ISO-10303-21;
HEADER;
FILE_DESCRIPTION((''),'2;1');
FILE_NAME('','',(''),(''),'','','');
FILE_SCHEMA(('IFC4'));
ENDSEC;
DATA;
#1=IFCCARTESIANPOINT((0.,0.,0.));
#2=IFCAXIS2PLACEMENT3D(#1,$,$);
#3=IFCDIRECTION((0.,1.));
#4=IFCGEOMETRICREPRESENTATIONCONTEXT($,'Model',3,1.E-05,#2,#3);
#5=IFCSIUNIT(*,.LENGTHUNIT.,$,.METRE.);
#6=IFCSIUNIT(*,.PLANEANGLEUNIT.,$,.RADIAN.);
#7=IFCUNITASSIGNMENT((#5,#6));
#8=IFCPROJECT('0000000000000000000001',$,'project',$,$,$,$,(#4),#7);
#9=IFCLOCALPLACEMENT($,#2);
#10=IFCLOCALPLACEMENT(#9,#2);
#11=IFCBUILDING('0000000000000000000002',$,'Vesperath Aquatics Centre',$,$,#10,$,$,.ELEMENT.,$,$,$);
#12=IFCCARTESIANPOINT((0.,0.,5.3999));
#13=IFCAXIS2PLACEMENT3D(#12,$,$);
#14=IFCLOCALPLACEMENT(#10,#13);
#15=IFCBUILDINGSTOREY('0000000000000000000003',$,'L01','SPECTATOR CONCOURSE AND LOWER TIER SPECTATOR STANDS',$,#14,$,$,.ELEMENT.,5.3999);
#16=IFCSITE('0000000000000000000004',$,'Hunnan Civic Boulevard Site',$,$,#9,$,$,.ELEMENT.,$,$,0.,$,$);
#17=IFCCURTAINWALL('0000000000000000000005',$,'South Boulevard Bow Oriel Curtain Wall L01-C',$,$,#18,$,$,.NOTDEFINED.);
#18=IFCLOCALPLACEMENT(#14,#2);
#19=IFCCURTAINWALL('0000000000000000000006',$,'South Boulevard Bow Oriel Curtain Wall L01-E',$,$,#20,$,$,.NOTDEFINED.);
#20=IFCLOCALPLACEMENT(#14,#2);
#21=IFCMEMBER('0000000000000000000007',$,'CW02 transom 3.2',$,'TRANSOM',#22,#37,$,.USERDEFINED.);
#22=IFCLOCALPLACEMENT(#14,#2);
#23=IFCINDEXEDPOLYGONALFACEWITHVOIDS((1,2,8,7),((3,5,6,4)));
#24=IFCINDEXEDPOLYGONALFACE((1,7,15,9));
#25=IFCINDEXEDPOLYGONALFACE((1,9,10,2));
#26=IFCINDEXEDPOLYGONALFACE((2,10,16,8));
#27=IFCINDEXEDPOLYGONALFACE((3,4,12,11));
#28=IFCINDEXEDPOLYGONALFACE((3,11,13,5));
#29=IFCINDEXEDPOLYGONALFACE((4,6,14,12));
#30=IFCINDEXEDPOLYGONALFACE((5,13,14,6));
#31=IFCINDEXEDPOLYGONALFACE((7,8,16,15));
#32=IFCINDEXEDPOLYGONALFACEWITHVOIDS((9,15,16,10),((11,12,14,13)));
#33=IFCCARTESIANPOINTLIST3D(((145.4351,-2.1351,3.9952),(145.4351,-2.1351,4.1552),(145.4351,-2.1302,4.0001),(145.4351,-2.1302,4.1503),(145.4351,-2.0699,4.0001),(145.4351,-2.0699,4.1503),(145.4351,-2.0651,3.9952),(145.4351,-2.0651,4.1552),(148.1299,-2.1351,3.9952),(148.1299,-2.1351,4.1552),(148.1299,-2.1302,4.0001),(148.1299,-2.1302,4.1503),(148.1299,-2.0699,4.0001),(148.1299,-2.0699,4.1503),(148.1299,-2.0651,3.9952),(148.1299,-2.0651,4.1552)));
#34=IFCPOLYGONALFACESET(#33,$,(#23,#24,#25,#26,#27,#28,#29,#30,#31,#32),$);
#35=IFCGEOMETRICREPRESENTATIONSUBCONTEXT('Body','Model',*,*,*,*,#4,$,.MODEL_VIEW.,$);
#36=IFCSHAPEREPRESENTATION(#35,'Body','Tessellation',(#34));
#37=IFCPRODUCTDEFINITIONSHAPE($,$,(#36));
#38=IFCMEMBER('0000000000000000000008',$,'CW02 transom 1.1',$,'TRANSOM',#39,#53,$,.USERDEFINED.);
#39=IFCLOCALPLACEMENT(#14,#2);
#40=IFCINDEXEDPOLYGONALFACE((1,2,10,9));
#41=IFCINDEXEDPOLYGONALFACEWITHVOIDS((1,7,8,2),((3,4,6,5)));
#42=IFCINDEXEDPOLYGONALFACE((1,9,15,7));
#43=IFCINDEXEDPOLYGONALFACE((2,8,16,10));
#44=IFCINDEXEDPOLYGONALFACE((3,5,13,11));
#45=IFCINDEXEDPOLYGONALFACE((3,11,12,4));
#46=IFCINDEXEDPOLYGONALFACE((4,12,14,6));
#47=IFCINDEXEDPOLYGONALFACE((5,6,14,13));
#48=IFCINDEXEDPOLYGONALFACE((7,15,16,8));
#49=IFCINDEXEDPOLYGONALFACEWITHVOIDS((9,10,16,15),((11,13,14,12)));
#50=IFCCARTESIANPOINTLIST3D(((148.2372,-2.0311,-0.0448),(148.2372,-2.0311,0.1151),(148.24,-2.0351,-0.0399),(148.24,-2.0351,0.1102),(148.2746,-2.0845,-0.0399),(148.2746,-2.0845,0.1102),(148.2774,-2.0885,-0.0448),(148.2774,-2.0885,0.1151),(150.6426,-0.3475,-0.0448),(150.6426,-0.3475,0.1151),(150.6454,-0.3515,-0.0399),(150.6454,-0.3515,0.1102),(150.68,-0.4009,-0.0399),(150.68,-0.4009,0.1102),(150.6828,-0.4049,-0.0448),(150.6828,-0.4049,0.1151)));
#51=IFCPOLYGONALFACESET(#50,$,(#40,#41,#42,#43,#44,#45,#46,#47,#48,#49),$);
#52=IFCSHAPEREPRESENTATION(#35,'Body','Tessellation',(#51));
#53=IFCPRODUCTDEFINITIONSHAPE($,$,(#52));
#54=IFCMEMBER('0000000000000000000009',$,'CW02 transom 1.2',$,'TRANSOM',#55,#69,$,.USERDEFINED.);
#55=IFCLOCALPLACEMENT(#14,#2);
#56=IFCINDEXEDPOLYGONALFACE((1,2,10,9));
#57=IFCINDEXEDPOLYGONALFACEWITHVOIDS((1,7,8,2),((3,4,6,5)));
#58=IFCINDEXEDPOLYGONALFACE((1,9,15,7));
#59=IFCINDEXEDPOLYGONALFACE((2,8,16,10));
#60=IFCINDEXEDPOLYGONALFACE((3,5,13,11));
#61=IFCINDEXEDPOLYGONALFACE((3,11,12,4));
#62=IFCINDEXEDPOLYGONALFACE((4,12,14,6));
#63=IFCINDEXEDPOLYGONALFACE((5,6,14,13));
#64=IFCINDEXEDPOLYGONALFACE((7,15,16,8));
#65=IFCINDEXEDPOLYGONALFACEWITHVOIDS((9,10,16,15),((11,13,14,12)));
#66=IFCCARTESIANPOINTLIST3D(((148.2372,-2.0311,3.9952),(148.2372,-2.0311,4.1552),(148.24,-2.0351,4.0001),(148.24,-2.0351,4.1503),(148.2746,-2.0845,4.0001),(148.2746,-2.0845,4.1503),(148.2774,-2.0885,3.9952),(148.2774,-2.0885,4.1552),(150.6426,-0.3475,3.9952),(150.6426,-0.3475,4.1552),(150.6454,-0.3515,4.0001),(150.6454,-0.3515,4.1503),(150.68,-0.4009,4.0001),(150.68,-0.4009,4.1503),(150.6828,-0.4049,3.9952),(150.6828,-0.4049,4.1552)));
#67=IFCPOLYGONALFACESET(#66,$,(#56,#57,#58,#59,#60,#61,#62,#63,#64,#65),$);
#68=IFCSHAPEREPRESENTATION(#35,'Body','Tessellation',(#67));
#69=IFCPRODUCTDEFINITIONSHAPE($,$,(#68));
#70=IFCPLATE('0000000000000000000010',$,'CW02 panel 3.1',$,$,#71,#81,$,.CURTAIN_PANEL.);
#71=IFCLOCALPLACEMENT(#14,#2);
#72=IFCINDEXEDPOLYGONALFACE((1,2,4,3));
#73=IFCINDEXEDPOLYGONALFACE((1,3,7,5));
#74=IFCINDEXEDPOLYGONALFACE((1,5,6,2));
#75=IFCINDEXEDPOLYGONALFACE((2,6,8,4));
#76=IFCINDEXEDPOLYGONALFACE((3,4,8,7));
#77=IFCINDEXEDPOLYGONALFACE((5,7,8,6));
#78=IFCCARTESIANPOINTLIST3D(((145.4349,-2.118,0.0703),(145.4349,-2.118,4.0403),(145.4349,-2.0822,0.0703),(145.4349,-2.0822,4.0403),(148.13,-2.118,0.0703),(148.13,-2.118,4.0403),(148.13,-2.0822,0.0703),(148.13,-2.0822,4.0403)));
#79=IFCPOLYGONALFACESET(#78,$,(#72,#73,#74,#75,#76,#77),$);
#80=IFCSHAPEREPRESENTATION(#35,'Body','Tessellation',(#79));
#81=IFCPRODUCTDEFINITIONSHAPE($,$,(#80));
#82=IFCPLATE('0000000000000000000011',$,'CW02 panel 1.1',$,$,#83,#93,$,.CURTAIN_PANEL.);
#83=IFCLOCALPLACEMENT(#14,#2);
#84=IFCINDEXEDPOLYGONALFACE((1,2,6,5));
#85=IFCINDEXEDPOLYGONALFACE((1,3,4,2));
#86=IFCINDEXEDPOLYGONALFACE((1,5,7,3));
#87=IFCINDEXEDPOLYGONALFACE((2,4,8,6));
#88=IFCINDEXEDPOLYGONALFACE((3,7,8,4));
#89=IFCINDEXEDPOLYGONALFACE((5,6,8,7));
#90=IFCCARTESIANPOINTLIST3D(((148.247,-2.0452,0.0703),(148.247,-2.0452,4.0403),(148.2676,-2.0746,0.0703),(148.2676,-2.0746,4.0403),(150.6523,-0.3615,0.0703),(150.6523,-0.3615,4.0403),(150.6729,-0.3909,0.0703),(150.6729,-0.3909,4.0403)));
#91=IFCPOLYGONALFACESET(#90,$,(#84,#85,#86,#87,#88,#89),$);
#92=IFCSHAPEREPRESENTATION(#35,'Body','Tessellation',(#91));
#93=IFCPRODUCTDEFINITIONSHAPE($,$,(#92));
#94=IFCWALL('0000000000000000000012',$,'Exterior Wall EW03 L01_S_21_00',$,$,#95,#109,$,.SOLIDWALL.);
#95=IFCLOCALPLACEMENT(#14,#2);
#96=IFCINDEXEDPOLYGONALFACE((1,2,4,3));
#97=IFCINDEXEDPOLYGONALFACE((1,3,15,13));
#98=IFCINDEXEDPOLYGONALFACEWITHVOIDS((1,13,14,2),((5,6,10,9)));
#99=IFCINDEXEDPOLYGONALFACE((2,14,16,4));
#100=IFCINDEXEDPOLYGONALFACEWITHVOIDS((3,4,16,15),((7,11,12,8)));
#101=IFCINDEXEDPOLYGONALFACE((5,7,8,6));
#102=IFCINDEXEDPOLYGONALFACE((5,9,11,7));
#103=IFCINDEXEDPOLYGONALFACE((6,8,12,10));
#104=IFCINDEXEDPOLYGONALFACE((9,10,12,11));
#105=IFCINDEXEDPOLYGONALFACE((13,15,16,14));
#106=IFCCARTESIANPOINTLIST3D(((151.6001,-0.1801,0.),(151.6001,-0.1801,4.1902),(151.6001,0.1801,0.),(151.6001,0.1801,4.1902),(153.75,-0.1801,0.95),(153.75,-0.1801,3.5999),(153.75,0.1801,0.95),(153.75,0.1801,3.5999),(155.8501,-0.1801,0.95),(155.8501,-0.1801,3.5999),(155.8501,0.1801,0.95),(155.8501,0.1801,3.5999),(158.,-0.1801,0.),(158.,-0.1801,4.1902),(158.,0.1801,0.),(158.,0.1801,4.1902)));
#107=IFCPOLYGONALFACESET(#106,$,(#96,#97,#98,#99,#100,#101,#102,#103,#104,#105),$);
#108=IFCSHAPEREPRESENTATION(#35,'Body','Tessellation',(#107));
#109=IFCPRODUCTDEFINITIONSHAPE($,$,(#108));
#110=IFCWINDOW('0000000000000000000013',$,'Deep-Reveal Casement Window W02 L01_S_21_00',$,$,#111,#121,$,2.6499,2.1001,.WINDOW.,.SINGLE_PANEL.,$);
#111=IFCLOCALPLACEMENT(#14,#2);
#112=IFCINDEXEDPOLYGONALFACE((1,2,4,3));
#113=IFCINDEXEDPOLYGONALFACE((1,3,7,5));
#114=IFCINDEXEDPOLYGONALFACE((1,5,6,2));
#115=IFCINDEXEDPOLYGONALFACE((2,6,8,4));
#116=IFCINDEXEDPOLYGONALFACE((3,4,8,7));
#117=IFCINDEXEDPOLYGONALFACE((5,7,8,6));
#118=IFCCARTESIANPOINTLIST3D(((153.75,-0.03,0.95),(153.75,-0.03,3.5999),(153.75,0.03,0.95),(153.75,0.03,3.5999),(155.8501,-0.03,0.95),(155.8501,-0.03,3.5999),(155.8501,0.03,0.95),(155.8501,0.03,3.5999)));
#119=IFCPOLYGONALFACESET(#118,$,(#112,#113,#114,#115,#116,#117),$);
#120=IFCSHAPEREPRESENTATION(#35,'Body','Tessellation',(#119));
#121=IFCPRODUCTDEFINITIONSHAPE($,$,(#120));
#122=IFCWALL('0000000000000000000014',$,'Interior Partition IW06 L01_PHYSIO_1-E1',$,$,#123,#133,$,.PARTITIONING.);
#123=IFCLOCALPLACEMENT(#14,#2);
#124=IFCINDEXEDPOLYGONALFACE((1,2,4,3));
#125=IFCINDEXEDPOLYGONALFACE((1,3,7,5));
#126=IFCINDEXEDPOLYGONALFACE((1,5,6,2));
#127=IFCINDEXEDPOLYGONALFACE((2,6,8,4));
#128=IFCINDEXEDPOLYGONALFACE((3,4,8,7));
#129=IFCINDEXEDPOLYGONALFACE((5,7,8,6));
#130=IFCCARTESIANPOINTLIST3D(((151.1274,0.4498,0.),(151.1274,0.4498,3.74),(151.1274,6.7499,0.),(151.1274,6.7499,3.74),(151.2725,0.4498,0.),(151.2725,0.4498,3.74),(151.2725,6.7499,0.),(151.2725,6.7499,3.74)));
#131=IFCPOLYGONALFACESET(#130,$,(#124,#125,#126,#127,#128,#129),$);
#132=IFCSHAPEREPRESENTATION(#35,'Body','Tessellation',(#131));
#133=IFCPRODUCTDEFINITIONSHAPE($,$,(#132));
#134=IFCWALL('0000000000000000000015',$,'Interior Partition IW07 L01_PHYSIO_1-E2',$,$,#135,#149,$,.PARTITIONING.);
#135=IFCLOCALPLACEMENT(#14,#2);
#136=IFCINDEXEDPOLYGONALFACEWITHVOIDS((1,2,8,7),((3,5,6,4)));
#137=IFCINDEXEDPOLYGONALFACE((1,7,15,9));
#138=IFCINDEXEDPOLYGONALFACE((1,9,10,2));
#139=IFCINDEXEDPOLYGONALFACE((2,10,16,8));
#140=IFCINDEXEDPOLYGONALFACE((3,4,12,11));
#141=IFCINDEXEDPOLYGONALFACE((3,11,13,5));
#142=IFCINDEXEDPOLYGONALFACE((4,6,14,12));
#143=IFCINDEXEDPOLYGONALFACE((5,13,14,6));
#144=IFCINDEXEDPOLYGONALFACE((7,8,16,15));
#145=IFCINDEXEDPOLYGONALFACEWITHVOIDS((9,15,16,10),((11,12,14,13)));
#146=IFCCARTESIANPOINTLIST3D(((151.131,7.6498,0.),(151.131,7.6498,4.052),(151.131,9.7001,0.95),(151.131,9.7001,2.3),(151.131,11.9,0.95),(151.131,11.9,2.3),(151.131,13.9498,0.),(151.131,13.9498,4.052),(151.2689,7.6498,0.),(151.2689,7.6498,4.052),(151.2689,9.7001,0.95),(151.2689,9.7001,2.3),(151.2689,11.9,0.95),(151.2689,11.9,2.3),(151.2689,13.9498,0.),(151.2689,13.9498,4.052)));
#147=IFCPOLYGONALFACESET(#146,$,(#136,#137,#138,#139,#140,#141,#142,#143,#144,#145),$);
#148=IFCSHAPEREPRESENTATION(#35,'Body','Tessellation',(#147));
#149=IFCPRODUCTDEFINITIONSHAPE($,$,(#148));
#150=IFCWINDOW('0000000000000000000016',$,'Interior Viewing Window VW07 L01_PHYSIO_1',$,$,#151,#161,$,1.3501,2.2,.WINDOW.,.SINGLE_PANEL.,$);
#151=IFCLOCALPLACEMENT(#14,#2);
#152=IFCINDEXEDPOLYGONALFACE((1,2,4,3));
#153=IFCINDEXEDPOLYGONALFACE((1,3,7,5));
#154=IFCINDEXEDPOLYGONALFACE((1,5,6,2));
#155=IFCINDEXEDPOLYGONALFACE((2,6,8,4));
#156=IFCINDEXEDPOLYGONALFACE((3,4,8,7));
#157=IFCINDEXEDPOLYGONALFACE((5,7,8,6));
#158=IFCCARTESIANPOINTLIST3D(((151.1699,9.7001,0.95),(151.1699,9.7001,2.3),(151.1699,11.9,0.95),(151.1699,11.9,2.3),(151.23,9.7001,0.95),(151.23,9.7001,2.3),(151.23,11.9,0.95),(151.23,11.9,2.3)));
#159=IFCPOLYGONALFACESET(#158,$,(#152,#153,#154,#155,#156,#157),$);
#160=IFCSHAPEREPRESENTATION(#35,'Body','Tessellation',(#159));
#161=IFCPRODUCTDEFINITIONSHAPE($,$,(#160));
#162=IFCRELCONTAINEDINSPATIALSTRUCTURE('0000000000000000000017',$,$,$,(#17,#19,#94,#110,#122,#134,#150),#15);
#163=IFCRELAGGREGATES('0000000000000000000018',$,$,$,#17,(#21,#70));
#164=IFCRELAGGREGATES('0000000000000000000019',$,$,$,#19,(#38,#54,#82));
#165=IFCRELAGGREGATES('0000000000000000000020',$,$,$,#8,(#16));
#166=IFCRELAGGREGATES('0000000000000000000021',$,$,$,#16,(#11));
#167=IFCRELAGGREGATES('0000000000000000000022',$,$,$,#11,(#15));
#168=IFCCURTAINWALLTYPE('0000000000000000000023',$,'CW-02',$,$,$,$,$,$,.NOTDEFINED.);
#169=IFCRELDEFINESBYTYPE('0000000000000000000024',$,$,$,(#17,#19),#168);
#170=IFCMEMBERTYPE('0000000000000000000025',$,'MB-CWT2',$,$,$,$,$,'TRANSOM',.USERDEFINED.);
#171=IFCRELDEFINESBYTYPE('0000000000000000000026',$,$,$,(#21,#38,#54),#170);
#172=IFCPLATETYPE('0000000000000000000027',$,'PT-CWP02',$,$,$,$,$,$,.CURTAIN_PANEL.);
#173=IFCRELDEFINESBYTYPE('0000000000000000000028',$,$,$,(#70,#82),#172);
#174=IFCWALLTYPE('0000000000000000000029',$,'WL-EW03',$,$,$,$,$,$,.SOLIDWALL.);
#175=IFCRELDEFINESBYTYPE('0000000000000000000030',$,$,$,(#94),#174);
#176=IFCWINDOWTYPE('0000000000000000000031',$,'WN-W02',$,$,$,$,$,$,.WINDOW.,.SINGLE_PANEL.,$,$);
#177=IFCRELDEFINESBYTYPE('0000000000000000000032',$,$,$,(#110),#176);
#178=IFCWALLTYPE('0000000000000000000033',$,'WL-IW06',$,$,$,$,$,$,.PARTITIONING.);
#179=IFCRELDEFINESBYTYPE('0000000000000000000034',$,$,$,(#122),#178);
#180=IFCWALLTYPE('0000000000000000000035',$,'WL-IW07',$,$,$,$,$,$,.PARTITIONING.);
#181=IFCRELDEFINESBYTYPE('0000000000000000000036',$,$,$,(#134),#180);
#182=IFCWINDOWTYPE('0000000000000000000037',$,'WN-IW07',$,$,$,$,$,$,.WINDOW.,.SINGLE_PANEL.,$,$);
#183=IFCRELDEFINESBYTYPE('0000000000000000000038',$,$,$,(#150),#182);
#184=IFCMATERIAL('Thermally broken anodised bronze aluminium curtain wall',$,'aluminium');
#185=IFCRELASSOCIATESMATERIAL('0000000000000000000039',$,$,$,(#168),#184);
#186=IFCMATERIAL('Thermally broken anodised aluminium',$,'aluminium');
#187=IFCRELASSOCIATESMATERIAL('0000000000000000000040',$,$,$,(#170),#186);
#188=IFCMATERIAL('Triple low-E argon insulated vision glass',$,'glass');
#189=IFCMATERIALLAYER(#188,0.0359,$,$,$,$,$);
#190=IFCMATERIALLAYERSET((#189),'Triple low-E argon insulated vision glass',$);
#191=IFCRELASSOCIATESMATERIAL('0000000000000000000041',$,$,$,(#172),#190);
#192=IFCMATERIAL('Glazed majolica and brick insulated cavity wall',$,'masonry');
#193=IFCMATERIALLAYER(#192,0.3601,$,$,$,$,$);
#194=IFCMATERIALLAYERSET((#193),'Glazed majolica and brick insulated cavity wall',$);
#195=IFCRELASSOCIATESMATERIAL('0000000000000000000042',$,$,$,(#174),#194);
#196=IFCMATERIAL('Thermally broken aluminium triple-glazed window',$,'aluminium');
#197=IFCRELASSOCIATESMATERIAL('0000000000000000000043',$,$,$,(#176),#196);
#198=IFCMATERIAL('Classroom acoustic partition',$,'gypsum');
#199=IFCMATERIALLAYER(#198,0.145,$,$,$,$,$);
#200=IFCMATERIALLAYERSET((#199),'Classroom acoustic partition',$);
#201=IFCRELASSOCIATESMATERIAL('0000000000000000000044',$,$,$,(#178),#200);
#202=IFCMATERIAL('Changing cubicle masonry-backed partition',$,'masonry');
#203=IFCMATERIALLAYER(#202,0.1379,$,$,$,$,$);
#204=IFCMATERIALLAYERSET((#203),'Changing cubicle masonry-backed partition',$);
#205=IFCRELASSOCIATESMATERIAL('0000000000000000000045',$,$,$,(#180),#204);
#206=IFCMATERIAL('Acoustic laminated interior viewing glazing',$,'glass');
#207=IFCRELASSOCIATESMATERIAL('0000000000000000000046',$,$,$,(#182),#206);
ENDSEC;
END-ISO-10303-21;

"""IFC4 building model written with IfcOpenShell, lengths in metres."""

from ifc_helpers import new_model, si_unit, direction, frame, frame_2d, origin, origin_2d, place, context, subcontext, project, spatial, rectangle, hollow_rectangle, extrude, material, layer, layer_set, material_profile, profile_set, type_object, element, fill, aggregate, save


model = new_model("IFC4")

# Units and contexts
model_context = context("Model", 3, precision=1e-05, world=origin(), true_north=direction((0.0, 1.0)))
body_context = subcontext(model_context, "Body", "Model", "MODEL_VIEW")
ifc_project = project(units=[si_unit("LENGTHUNIT", "METRE"), si_unit("PLANEANGLEUNIT", "RADIAN")], contexts=[model_context])

# Site, building, storey
site_placement = place(None, origin())
site = spatial("IfcSite", under=ifc_project, at=site_placement, Name="Hunnan Civic Boulevard Site", CompositionType="ELEMENT", RefElevation=0.0)
building_placement = place(site_placement, origin())
building = spatial("IfcBuilding", under=site, at=building_placement, Name="Vesperath Aquatics Centre", CompositionType="ELEMENT")
storey_placement = place(building_placement, frame((0.0, 0.0, 5.3999)))
storey = spatial("IfcBuildingStorey", under=building, at=storey_placement, Name="L01", Description="SPECTATOR CONCOURSE AND LOWER TIER SPECTATOR STANDS", CompositionType="ELEMENT", Elevation=5.3999)

# Curtain wall
ifc_material_1 = material(Name="Thermally broken anodised bronze aluminium curtain wall", Category="aluminium")
curtain_wall_type = type_object("IfcCurtainWallType", Name="CW-02", PredefinedType="NOTDEFINED", material=ifc_material_1)
curtain_wall_1_placement = place(storey_placement, origin())
curtain_wall_1 = element("IfcCurtainWall", 1, at=curtain_wall_1_placement, inside=storey, type_object=curtain_wall_type, Name="South Boulevard Bow Oriel Curtain Wall L01-C", PredefinedType="NOTDEFINED")
ifc_material_2 = material(Name="Thermally broken anodised aluminium", Category="aluminium")

# Curtain wall
curtain_wall_2_placement = place(storey_placement, origin())
curtain_wall_2 = element("IfcCurtainWall", 2, at=curtain_wall_2_placement, inside=storey, type_object=curtain_wall_type, Name="South Boulevard Bow Oriel Curtain Wall L01-E", PredefinedType="NOTDEFINED")

# Members
ifc_material_profile_1 = material_profile(ifc_material_2, hollow_rectangle(XDim=0.0701, YDim=0.1599, WallThickness=0.0049, at=origin_2d()), Name="CWT 70x160x5")
ifc_profile_set_1 = profile_set([ifc_material_profile_1], Name="Thermally broken anodised aluminium")
member_type_1 = type_object("IfcMemberType", Name="MB-CWT2", ElementType="TRANSOM", PredefinedType="USERDEFINED", material=ifc_profile_set_1)
member_1_placement = place(storey_placement, frame((145.4351, -2.1001, 4.0752), z_axis=(1.0, 0.0, 0.0), x_axis=(0.0, 1.0, 0.0)))
member_1 = element("IfcMember", 3, at=member_1_placement, type_object=member_type_1, Name="CW02 transom 3.2", ObjectType="TRANSOM", PredefinedType="USERDEFINED", context=body_context, shape_type="SweptSolid", body=[
    extrude(hollow_rectangle(XDim=0.0701, YDim=0.1599, WallThickness=0.0049, at=origin_2d()), origin(), (0.0, 0.0, 1.0), 2.6948),
])
member_2_placement = place(storey_placement, frame((148.2573, -2.0598, 0.0352), z_axis=(0.819248, 0.57344, 0.0), x_axis=(-0.57344, 0.819248, 0.0)))
member_2 = element("IfcMember", 4, at=member_2_placement, type_object=member_type_1, Name="CW02 transom 1.1", ObjectType="TRANSOM", PredefinedType="USERDEFINED", context=body_context, shape_type="SweptSolid", body=[
    extrude(hollow_rectangle(XDim=0.0701, YDim=0.1599, WallThickness=0.0049, at=origin_2d()), origin(), (0.0, 0.0, 1.0), 2.936),
])
member_3_placement = place(storey_placement, frame((148.2573, -2.0598, 4.0752), z_axis=(0.819248, 0.57344, 0.0), x_axis=(-0.57344, 0.819248, 0.0)))
member_3 = element("IfcMember", 5, at=member_3_placement, type_object=member_type_1, Name="CW02 transom 1.2", ObjectType="TRANSOM", PredefinedType="USERDEFINED", context=body_context, shape_type="SweptSolid", body=[
    extrude(hollow_rectangle(XDim=0.0701, YDim=0.1599, WallThickness=0.0049, at=origin_2d()), origin(), (0.0, 0.0, 1.0), 2.936),
])

# Plates
ifc_material_3 = material(Name="Triple low-E argon insulated vision glass", Category="glass")
ifc_layer_1 = layer(ifc_material_3, 0.0359)
ifc_layer_set_1 = layer_set([ifc_layer_1], Name="Triple low-E argon insulated vision glass")
plate_type = type_object("IfcPlateType", Name="PT-CWP02", PredefinedType="CURTAIN_PANEL", material=ifc_layer_set_1)
plate_1_placement = place(storey_placement, frame((146.7825, -2.1001, 0.0703), z_axis=(0.0, 0.0, 1.0), x_axis=(1.0, 0.0, 0.0)))
plate_1 = element("IfcPlate", 6, at=plate_1_placement, type_object=plate_type, Name="CW02 panel 3.1", PredefinedType="CURTAIN_PANEL", context=body_context, shape_type="SweptSolid", body=[
    extrude(rectangle(XDim=2.6951, YDim=0.0359, at=origin_2d()), origin(), (0.0, 0.0, 1.0), 3.97),
])
aggregate(curtain_wall_1, [member_1, plate_1])
plate_2_placement = place(storey_placement, frame((149.46, -1.218, 0.0703), z_axis=(0.0, 0.0, 1.0), x_axis=(0.819232, 0.573462, 0.0)))
plate_2 = element("IfcPlate", 7, at=plate_2_placement, type_object=plate_type, Name="CW02 panel 1.1", PredefinedType="CURTAIN_PANEL", context=body_context, shape_type="SweptSolid", body=[
    extrude(rectangle(XDim=2.936, YDim=0.0359, at=origin_2d()), origin(), (0.0, 0.0, 1.0), 3.97),
])
aggregate(curtain_wall_2, [member_2, member_3, plate_2])

# Wall, opening, window
ifc_material_4 = material(Name="Glazed majolica and brick insulated cavity wall", Category="masonry")
ifc_layer_2 = layer(ifc_material_4, 0.3601)
ifc_layer_set_2 = layer_set([ifc_layer_2], Name="Glazed majolica and brick insulated cavity wall")
wall_type_1 = type_object("IfcWallType", Name="WL-EW03", PredefinedType="SOLIDWALL", material=ifc_layer_set_2)
wall_1_placement = place(storey_placement, frame((151.6001, 0.0, 0.0), z_axis=(0.0, 0.0, 1.0), x_axis=(1.0, 0.0, 0.0)))
wall_1 = element("IfcWall", 8, at=wall_1_placement, inside=storey, type_object=wall_type_1, Name="Exterior Wall EW03 L01_S_21_00", PredefinedType="SOLIDWALL", context=body_context, shape_type="SweptSolid", body=[
    extrude(rectangle(XDim=6.3999, YDim=0.3601, at=frame_2d((3.2, 0.0))), origin(), (0.0, 0.0, 1.0), 4.1902),
])
opening_1_placement = place(wall_1_placement, frame((2.1499, 0.0, 0.95)))
opening_1 = element("IfcOpeningElement", 9, at=opening_1_placement, cuts=wall_1, PredefinedType="OPENING", context=body_context, shape_type="SweptSolid", body=[
    extrude(rectangle(XDim=2.1001, YDim=2.6499, at=frame_2d((1.05, 1.325))), frame((0.0, 0.1948, 0.0), z_axis=(0.0, -1.0, 0.0), x_axis=(1.0, 0.0, 0.0)), (0.0, 0.0, 1.0), 0.3899),
])
ifc_material_5 = material(Name="Thermally broken aluminium triple-glazed window", Category="aluminium")
window_type_1 = type_object("IfcWindowType", Name="WN-W02", PartitioningType="SINGLE_PANEL", PredefinedType="WINDOW", material=ifc_material_5)
window_1_placement = place(opening_1_placement, origin())
window_1 = element("IfcWindow", 10, at=window_1_placement, inside=storey, type_object=window_type_1, Name="Deep-Reveal Casement Window W02 L01_S_21_00", OverallHeight=2.6499, OverallWidth=2.1001, PartitioningType="SINGLE_PANEL", PredefinedType="WINDOW", context=body_context, shape_type="SweptSolid", body=[
    extrude(rectangle(XDim=2.1001, YDim=2.6499, at=frame_2d((1.05, 1.325))), frame((0.0, 0.03, 0.0), z_axis=(0.0, -1.0, 0.0), x_axis=(1.0, 0.0, 0.0)), (0.0, 0.0, 1.0), 0.0601),
])
fill(opening_1, window_1)

# Wall
ifc_material_6 = material(Name="Classroom acoustic partition", Category="gypsum")
ifc_layer_3 = layer(ifc_material_6, 0.145)
ifc_layer_set_3 = layer_set([ifc_layer_3], Name="Classroom acoustic partition")
wall_type_2 = type_object("IfcWallType", Name="WL-IW06", PredefinedType="PARTITIONING", material=ifc_layer_set_3)
wall_2_placement = place(storey_placement, frame((151.2, 0.45, 0.0), z_axis=(0.0, 0.0, 1.0), x_axis=(0.0, 1.0, 0.0)))
element("IfcWall", 11, at=wall_2_placement, inside=storey, type_object=wall_type_2, Name="Interior Partition IW06 L01_PHYSIO_1-E1", PredefinedType="PARTITIONING", context=body_context, shape_type="SweptSolid", body=[
    extrude(rectangle(XDim=6.3, YDim=0.145, at=frame_2d((3.1499, 0.0))), origin(), (0.0, 0.0, 1.0), 3.74),
])

# Wall, opening, window
ifc_material_7 = material(Name="Changing cubicle masonry-backed partition", Category="masonry")
ifc_layer_4 = layer(ifc_material_7, 0.1379)
ifc_layer_set_4 = layer_set([ifc_layer_4], Name="Changing cubicle masonry-backed partition")
wall_type_3 = type_object("IfcWallType", Name="WL-IW07", PredefinedType="PARTITIONING", material=ifc_layer_set_4)
wall_3_placement = place(storey_placement, frame((151.2, 7.6499, 0.0), z_axis=(0.0, 0.0, 1.0), x_axis=(0.0, 1.0, 0.0)))
wall_3 = element("IfcWall", 12, at=wall_3_placement, inside=storey, type_object=wall_type_3, Name="Interior Partition IW07 L01_PHYSIO_1-E2", PredefinedType="PARTITIONING", context=body_context, shape_type="SweptSolid", body=[
    extrude(rectangle(XDim=6.3, YDim=0.1379, at=frame_2d((3.1499, 0.0))), origin(), (0.0, 0.0, 1.0), 4.052),
])
opening_2_placement = place(wall_3_placement, frame((2.05, 0.0, 0.95)))
opening_2 = element("IfcOpeningElement", 13, at=opening_2_placement, cuts=wall_3, PredefinedType="OPENING", context=body_context, shape_type="SweptSolid", body=[
    extrude(rectangle(XDim=2.2, YDim=1.3501, at=frame_2d((1.1001, 0.675))), frame((0.0, 0.084, 0.0), z_axis=(0.0, -1.0, 0.0), x_axis=(1.0, 0.0, 0.0)), (0.0, 0.0, 1.0), 0.1677),
])
ifc_material_8 = material(Name="Acoustic laminated interior viewing glazing", Category="glass")
window_type_2 = type_object("IfcWindowType", Name="WN-IW07", PartitioningType="SINGLE_PANEL", PredefinedType="WINDOW", material=ifc_material_8)
window_2_placement = place(opening_2_placement, origin())
window_2 = element("IfcWindow", 14, at=window_2_placement, inside=storey, type_object=window_type_2, Name="Interior Viewing Window VW07 L01_PHYSIO_1", OverallHeight=1.3501, OverallWidth=2.2, PartitioningType="SINGLE_PANEL", PredefinedType="WINDOW", context=body_context, shape_type="SweptSolid", body=[
    extrude(rectangle(XDim=2.2, YDim=1.3501, at=frame_2d((1.1001, 0.675))), frame((0.0, 0.03, 0.0), z_axis=(0.0, -1.0, 0.0), x_axis=(1.0, 0.0, 0.0)), (0.0, 0.0, 1.0), 0.0601),
])
fill(opening_2, window_2)

save(model, "model.ifc")
